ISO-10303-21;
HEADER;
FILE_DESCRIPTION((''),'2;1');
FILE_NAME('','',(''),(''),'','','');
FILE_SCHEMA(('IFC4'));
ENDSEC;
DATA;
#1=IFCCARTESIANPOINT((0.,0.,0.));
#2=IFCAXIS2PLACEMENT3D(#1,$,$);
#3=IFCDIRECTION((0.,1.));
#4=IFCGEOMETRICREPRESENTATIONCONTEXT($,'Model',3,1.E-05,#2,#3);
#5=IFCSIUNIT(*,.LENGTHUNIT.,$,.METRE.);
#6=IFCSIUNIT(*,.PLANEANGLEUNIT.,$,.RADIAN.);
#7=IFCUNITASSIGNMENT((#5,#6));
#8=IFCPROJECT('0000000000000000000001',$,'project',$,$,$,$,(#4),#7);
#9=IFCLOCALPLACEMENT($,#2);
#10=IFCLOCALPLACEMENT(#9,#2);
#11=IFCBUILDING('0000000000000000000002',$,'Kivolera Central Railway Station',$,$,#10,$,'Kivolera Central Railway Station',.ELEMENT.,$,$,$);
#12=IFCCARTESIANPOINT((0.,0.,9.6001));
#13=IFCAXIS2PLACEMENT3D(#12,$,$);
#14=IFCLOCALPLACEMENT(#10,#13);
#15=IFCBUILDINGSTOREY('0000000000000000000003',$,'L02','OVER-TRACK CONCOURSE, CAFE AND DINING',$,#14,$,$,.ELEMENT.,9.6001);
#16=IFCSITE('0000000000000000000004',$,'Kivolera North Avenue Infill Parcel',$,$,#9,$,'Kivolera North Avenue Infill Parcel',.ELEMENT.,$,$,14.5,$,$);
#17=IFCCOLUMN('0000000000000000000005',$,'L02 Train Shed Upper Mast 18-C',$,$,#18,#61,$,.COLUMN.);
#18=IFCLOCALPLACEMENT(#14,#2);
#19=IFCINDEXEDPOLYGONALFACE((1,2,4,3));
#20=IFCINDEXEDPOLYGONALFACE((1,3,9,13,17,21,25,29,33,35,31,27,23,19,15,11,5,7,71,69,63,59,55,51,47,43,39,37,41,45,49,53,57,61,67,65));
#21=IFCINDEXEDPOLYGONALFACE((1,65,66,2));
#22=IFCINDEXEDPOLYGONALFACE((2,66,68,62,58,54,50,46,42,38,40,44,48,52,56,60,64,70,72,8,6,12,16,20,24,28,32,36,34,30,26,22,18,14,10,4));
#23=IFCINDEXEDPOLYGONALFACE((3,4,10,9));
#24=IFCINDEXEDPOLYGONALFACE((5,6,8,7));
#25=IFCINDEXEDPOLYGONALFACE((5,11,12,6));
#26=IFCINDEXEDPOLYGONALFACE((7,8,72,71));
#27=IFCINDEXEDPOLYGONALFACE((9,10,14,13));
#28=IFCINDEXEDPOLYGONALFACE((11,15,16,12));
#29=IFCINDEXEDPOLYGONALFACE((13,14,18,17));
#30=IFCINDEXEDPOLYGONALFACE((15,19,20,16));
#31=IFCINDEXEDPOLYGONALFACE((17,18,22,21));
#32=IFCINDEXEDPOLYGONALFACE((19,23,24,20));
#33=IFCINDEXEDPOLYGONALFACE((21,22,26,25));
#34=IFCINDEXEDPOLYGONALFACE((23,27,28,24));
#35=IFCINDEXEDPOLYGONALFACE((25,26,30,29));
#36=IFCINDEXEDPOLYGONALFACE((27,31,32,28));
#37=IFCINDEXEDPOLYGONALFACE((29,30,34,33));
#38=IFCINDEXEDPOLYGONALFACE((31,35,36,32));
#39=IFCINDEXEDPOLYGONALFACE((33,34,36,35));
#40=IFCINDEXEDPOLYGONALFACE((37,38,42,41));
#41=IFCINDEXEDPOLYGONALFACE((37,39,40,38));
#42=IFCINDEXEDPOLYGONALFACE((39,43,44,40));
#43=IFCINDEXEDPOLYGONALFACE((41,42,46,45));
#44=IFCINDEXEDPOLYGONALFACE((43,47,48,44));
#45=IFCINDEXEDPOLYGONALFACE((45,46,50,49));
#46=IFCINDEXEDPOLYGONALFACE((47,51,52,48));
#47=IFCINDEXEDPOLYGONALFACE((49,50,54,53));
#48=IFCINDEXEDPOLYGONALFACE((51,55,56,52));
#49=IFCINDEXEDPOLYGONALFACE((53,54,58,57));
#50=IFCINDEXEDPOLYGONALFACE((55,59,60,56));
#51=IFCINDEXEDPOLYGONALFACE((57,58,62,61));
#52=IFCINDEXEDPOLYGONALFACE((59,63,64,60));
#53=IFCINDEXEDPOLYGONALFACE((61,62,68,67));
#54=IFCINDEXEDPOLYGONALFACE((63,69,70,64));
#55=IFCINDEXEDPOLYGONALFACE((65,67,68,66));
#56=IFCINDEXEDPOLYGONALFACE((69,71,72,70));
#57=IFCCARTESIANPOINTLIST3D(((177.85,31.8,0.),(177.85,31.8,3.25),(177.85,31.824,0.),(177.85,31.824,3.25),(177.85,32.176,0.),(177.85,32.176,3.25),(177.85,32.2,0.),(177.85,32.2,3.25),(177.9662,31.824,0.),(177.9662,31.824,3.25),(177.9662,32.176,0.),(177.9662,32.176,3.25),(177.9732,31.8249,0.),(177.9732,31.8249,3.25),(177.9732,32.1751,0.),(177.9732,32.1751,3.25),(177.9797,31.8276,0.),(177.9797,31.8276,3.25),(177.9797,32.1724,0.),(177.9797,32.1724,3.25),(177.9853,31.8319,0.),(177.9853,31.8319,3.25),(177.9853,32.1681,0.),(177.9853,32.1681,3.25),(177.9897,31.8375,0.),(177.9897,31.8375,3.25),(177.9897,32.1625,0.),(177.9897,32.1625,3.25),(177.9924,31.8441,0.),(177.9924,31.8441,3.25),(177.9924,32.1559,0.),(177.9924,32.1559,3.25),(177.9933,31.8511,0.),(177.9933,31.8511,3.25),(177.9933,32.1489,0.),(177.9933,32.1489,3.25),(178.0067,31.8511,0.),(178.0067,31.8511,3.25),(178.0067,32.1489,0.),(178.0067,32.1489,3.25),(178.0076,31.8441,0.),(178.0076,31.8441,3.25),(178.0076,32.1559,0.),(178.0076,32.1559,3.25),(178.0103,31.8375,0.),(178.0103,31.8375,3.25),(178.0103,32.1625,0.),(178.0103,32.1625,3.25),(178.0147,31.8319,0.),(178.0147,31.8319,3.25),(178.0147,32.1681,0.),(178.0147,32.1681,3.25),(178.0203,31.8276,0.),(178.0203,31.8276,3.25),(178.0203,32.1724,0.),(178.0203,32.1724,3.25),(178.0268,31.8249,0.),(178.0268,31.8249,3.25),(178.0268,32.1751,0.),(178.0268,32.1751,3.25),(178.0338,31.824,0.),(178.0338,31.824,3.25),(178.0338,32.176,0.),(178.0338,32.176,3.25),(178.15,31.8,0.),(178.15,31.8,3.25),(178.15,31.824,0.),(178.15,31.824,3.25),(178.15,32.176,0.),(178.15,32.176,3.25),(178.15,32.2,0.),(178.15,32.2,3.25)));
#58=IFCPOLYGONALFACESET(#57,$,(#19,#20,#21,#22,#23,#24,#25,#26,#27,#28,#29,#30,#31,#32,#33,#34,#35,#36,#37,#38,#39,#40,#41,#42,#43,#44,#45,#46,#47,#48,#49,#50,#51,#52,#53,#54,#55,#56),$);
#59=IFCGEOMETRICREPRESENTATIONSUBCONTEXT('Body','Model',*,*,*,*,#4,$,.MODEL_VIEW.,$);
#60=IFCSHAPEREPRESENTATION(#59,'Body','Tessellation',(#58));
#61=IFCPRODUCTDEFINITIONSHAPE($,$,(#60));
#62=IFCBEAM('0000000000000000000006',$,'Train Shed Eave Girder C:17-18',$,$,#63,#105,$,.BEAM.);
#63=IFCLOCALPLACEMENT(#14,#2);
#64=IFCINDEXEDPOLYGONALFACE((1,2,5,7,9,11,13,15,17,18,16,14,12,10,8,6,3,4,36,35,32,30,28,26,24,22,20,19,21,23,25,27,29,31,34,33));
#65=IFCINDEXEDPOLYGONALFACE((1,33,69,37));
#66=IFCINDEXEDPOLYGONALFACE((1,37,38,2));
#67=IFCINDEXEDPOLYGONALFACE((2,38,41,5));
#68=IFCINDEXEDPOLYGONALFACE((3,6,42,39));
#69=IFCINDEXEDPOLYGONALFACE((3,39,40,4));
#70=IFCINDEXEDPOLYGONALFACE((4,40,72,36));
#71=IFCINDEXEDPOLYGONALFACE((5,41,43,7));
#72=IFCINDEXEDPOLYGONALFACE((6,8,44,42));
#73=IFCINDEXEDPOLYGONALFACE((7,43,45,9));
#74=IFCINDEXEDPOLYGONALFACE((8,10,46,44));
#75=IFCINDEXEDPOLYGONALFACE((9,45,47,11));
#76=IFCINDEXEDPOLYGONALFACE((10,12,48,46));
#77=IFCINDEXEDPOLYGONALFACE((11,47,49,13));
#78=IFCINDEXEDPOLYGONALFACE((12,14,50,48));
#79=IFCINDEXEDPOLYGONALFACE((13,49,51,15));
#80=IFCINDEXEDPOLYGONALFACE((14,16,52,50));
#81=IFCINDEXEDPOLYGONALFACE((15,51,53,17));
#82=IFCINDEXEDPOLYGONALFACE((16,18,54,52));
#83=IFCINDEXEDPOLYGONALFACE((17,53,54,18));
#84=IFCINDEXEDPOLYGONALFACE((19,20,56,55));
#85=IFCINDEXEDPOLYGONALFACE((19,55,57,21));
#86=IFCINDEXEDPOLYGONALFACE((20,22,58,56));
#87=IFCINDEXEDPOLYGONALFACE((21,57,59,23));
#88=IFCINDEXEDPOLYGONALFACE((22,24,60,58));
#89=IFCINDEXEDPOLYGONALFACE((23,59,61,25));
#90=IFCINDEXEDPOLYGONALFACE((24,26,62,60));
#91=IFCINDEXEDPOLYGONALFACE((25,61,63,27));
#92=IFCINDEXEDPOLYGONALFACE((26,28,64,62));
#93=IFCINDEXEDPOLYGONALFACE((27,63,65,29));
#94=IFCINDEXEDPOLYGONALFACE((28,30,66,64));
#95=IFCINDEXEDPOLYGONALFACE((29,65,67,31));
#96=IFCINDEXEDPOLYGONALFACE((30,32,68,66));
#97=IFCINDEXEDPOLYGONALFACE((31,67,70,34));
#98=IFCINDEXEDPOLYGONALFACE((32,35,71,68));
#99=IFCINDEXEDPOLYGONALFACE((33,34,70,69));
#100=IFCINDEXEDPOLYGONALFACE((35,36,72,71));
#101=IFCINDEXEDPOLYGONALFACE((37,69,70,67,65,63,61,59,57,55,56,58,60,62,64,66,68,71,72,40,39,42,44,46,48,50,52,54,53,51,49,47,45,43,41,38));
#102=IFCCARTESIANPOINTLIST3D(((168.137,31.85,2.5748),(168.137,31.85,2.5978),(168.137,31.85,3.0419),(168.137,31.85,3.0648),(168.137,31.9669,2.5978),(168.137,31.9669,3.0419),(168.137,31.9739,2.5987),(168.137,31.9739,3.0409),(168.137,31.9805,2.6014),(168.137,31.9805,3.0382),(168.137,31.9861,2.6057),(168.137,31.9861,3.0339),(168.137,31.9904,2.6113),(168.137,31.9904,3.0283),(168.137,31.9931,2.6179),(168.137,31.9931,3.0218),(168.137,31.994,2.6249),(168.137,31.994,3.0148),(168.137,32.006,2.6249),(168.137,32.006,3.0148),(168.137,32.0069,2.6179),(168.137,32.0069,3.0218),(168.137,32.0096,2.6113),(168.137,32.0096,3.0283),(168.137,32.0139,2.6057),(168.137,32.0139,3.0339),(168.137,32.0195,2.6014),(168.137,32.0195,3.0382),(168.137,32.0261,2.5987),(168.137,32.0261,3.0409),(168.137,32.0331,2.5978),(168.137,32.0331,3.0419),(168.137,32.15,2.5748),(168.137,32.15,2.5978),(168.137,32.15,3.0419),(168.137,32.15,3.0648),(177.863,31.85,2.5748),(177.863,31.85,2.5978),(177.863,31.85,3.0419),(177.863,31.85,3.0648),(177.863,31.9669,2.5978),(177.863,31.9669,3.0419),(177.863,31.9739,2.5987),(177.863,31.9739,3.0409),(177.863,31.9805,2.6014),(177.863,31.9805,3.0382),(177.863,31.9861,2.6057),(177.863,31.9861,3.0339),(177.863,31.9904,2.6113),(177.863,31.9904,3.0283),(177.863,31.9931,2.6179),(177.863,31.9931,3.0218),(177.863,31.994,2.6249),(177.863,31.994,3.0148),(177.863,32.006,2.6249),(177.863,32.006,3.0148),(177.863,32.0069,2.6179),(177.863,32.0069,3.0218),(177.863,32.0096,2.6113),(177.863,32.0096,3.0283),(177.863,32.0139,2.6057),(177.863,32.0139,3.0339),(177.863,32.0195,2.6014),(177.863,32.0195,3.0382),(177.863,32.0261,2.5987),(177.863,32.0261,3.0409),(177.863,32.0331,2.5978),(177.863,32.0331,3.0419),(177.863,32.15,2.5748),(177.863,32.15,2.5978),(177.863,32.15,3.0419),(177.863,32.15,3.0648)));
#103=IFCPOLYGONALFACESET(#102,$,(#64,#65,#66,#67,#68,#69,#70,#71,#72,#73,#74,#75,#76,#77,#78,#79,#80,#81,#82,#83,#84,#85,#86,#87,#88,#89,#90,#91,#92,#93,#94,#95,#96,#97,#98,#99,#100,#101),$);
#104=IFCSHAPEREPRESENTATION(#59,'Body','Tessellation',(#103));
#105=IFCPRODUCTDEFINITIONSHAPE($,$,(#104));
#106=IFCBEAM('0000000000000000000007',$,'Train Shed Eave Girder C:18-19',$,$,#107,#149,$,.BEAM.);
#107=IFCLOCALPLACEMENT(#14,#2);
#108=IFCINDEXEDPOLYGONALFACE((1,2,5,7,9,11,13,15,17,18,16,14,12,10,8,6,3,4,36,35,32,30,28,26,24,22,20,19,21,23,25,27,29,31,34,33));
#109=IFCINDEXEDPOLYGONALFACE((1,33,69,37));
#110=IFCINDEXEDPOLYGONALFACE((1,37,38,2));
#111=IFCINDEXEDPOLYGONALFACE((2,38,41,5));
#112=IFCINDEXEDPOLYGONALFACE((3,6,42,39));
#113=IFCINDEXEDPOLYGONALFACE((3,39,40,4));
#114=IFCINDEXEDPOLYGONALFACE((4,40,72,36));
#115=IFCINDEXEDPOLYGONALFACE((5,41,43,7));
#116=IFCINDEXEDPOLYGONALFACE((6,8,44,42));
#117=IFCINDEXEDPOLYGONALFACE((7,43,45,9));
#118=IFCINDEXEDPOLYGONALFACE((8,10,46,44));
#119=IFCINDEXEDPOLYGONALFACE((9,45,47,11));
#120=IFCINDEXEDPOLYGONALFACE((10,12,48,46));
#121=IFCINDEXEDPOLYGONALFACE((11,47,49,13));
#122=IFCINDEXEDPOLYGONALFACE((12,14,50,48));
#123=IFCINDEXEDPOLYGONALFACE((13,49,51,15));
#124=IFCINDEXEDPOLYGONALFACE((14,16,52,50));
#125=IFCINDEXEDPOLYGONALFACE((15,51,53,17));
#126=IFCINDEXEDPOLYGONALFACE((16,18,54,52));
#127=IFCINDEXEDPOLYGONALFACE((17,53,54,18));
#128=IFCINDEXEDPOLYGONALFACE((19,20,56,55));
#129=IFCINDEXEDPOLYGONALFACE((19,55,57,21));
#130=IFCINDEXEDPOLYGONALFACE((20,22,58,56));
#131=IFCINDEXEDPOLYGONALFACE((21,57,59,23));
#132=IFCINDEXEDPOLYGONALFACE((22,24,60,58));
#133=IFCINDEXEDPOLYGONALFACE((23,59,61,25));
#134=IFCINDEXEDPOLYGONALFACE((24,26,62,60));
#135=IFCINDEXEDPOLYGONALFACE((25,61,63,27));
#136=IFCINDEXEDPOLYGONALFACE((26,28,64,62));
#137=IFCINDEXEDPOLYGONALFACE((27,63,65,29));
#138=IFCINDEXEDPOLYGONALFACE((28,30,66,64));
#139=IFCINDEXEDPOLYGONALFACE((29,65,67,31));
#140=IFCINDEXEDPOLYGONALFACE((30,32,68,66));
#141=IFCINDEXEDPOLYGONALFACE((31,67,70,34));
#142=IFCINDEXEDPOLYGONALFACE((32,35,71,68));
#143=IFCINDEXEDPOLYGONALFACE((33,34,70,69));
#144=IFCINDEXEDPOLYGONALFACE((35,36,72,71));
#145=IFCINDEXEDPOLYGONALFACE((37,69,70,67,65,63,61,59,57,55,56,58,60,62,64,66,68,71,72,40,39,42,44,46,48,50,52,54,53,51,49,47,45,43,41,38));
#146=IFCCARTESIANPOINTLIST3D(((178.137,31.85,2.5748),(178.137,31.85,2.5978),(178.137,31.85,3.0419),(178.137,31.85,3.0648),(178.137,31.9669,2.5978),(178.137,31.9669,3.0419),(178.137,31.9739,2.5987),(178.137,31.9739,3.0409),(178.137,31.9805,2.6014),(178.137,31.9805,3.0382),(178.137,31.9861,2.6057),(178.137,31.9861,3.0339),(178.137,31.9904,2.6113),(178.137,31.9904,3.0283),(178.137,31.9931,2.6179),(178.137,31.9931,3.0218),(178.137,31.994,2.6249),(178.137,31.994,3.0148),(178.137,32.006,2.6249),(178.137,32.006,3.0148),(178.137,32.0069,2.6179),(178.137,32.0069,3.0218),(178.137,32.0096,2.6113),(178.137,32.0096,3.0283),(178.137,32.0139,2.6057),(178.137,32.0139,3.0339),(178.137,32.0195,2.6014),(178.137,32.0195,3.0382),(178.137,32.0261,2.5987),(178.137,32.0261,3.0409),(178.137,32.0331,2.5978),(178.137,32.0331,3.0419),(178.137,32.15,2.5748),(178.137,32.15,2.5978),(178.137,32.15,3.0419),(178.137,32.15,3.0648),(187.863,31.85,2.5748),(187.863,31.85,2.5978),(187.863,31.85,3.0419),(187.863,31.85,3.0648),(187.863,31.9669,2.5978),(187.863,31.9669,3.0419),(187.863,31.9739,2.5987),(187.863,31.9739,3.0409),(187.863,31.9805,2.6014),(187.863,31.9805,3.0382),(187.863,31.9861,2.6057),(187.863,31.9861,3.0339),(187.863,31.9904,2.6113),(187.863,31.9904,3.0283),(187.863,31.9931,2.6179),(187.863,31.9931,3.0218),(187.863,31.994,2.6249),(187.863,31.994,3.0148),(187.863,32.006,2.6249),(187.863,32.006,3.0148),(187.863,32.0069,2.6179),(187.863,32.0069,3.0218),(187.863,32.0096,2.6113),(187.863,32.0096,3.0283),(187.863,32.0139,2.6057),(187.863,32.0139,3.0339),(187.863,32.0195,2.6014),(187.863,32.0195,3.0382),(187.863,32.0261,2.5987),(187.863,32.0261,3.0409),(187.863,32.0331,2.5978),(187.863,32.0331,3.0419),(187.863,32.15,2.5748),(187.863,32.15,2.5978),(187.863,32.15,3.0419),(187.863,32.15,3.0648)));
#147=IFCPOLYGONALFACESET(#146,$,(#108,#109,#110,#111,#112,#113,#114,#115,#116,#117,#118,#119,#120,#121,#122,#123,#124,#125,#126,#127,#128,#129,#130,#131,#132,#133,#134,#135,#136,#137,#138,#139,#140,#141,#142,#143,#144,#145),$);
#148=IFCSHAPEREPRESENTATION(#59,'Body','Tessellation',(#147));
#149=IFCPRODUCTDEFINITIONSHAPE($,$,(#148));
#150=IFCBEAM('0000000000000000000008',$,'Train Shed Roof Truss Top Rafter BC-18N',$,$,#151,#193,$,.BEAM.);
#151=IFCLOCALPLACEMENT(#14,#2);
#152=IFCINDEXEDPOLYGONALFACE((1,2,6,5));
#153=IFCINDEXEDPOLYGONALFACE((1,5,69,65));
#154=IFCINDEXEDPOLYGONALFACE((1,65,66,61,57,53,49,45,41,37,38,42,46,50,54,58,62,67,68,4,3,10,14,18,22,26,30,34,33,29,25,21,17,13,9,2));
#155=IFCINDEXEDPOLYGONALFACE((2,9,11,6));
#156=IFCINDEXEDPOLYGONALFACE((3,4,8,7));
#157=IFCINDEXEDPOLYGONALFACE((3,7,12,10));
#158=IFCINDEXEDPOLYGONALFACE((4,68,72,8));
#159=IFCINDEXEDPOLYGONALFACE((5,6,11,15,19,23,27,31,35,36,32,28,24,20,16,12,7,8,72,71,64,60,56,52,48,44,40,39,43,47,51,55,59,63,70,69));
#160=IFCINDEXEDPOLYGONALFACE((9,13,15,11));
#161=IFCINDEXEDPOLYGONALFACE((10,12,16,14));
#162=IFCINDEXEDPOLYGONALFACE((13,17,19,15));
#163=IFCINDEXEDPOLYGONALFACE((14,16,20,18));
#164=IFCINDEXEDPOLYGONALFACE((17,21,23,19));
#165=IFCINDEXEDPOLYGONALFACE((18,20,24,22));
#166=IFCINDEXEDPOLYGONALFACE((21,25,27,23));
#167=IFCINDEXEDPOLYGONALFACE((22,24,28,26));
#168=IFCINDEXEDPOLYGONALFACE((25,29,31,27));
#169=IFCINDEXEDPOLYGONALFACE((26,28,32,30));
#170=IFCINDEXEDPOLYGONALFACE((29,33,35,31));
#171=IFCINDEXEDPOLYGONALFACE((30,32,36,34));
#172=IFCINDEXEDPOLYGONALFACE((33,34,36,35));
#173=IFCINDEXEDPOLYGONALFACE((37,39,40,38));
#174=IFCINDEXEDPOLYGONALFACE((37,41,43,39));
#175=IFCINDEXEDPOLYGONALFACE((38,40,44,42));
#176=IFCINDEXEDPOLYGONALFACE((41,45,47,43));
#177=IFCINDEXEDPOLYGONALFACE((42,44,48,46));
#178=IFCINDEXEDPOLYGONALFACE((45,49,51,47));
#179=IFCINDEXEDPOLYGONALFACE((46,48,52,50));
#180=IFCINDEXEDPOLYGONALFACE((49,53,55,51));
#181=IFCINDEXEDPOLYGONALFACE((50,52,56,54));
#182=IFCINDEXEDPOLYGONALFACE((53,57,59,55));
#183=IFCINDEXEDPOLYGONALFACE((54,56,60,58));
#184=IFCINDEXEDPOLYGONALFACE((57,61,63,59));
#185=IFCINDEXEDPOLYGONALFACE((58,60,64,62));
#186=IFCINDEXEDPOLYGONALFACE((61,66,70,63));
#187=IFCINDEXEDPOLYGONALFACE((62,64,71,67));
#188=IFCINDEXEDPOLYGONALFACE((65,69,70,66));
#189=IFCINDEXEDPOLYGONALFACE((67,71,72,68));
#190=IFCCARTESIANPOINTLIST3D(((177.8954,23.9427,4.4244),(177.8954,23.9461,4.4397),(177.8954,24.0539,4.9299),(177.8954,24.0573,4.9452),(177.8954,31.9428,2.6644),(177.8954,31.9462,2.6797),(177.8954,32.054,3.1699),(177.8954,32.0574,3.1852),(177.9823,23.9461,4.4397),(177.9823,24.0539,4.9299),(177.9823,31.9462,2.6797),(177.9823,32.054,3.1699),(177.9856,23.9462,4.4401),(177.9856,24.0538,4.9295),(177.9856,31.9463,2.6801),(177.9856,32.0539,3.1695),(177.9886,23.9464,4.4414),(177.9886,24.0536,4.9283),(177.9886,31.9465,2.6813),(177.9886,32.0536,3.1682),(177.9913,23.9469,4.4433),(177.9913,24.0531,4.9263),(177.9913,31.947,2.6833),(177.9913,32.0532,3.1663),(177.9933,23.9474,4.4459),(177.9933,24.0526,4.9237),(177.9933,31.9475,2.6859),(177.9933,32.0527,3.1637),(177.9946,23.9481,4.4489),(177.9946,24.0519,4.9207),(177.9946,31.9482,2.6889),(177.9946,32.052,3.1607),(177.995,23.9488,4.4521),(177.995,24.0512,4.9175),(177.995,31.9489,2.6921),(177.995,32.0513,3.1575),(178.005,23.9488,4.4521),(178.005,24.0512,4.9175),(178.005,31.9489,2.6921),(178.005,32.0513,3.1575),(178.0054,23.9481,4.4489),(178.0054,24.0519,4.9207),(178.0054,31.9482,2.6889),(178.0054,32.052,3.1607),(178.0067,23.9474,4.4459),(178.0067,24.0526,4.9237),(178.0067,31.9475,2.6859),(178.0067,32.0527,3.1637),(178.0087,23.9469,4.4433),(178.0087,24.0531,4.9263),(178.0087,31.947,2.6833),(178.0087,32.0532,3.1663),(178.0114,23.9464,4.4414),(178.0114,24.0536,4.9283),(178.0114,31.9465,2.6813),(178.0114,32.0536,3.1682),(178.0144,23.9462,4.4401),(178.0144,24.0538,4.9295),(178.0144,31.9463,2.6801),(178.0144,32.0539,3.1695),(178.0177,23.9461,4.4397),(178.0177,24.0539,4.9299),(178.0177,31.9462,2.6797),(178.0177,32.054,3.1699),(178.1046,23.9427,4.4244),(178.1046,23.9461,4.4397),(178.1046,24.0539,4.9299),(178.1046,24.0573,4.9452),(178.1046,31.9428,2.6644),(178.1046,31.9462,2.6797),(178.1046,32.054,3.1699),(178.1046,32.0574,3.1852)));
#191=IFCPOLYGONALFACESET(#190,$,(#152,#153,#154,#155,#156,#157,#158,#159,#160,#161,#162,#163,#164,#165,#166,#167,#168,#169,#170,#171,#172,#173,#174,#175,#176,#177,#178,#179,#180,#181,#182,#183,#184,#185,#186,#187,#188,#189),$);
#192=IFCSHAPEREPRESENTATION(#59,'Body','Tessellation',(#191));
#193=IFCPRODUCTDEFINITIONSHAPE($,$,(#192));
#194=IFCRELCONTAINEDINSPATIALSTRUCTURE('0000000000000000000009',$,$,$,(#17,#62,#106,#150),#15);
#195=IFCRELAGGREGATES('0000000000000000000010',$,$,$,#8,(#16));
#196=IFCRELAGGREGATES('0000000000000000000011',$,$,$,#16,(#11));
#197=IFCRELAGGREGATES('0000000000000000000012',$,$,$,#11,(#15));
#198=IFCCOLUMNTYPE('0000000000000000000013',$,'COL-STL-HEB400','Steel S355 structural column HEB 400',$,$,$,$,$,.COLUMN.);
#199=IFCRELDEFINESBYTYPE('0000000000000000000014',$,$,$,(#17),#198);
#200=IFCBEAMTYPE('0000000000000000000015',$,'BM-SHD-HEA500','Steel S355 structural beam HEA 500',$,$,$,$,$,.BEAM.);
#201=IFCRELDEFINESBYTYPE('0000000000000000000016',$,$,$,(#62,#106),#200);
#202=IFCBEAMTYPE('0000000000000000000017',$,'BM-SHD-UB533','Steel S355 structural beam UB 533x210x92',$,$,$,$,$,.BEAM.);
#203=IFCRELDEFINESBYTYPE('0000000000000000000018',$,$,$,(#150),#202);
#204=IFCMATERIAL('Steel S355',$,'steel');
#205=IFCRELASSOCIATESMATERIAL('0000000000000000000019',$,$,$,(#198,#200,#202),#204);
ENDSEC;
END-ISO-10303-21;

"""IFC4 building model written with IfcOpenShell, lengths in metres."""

from ifc_helpers import new_model, si_unit, direction, frame, origin, origin_2d, place, context, subcontext, project, spatial, i_section, extrude, material, material_profile, profile_set, type_object, element, save


model = new_model("IFC4")

# Units and contexts
model_context = context("Model", 3, precision=1e-05, world=origin(), true_north=direction((0.0, 1.0)))
body_context = subcontext(model_context, "Body", "Model", "MODEL_VIEW")
ifc_project = project(units=[si_unit("LENGTHUNIT", "METRE"), si_unit("PLANEANGLEUNIT", "RADIAN")], contexts=[model_context])

# Site, building, storey
site_placement = place(None, origin())
site = spatial("IfcSite", under=ifc_project, at=site_placement, Name="Kivolera North Avenue Infill Parcel", LongName="Kivolera North Avenue Infill Parcel", CompositionType="ELEMENT", RefElevation=14.5)
building_placement = place(site_placement, origin())
building = spatial("IfcBuilding", under=site, at=building_placement, Name="Kivolera Central Railway Station", LongName="Kivolera Central Railway Station", CompositionType="ELEMENT")
storey_placement = place(building_placement, frame((0.0, 0.0, 9.6001)))
storey = spatial("IfcBuildingStorey", under=building, at=storey_placement, Name="L02", Description="OVER-TRACK CONCOURSE, CAFE AND DINING", CompositionType="ELEMENT", Elevation=9.6001)

# Column
ifc_material_1 = material(Name="Steel S355", Category="steel")
ifc_material_profile_1 = material_profile(ifc_material_1, i_section(OverallWidth=0.3, OverallDepth=0.3999, WebThickness=0.0134, FlangeThickness=0.0239, FilletRadius=0.0271, at=origin_2d()), Name="HEB 400")
ifc_profile_set_1 = profile_set([ifc_material_profile_1], Name="Steel S355")
column_type = type_object("IfcColumnType", Name="COL-STL-HEB400", Description="Steel S355 structural column HEB 400", PredefinedType="COLUMN", material=ifc_profile_set_1)
column_placement = place(storey_placement, frame((178.0, 32.0, 0.0), z_axis=(0.0, 0.0, 1.0), x_axis=(1.0, 0.0, 0.0)))
element("IfcColumn", 1, at=column_placement, inside=storey, type_object=column_type, Name="L02 Train Shed Upper Mast 18-C", PredefinedType="COLUMN", context=body_context, shape_type="SweptSolid", body=[
    extrude(i_section(OverallWidth=0.3, OverallDepth=0.3999, WebThickness=0.0134, FlangeThickness=0.0239, FilletRadius=0.0271, at=origin_2d()), origin(), (0.0, 0.0, 1.0), 3.25),
])

# Beams
ifc_material_profile_2 = material_profile(ifc_material_1, i_section(OverallWidth=0.3, OverallDepth=0.49, WebThickness=0.012, FlangeThickness=0.0229, FilletRadius=0.0271, at=origin_2d()), Name="HEA 500")
ifc_profile_set_2 = profile_set([ifc_material_profile_2], Name="Steel S355")
beam_type_1 = type_object("IfcBeamType", Name="BM-SHD-HEA500", Description="Steel S355 structural beam HEA 500", PredefinedType="BEAM", material=ifc_profile_set_2)
for number, where, z_axis, x_axis, name in (
    (2, (168.137, 32.0, 2.8198), (1.0, 0.0, 0.0), (0.0, 1.0, 0.0), "Train Shed Eave Girder C:17-18"),
    (3, (178.137, 32.0, 2.8198), (1.0, 0.0, 0.0), (0.0, 1.0, 0.0), "Train Shed Eave Girder C:18-19"),
):
    element("IfcBeam", number, at=place(storey_placement, frame(where, z_axis=z_axis, x_axis=x_axis)), inside=storey, type_object=beam_type_1, Name=name, PredefinedType="BEAM", context=body_context, shape_type="SweptSolid", body=[
        extrude(i_section(OverallWidth=0.3, OverallDepth=0.49, WebThickness=0.012, FlangeThickness=0.0229, FilletRadius=0.0271, at=origin_2d()), origin(), (0.0, 0.0, 1.0), 9.7261),
    ])
ifc_material_profile_3 = material_profile(ifc_material_1, i_section(OverallWidth=0.2092, OverallDepth=0.5332, WebThickness=0.01, FlangeThickness=0.0156, FilletRadius=0.0127, at=origin_2d()), Name="UB 533x210x92")
ifc_profile_set_3 = profile_set([ifc_material_profile_3], Name="Steel S355")
beam_type_2 = type_object("IfcBeamType", Name="BM-SHD-UB533", Description="Steel S355 structural beam UB 533x210x92", PredefinedType="BEAM", material=ifc_profile_set_3)
for number, where, z_axis, x_axis, name in (
    (4, (178.0, 24.0, 4.6848), (0.0, 0.976644, -0.214863), (-1.0, 0.0, 0.0), "Train Shed Roof Truss Top Rafter BC-18N"),
):
    element("IfcBeam", number, at=place(storey_placement, frame(where, z_axis=z_axis, x_axis=x_axis)), inside=storey, type_object=beam_type_2, Name=name, PredefinedType="BEAM", context=body_context, shape_type="SweptSolid", body=[
        extrude(i_section(OverallWidth=0.2092, OverallDepth=0.5332, WebThickness=0.01, FlangeThickness=0.0156, FilletRadius=0.0127, at=origin_2d()), origin(), (0.0, 0.0, 1.0), 8.1914),
    ])

save(model, "model.ifc")
